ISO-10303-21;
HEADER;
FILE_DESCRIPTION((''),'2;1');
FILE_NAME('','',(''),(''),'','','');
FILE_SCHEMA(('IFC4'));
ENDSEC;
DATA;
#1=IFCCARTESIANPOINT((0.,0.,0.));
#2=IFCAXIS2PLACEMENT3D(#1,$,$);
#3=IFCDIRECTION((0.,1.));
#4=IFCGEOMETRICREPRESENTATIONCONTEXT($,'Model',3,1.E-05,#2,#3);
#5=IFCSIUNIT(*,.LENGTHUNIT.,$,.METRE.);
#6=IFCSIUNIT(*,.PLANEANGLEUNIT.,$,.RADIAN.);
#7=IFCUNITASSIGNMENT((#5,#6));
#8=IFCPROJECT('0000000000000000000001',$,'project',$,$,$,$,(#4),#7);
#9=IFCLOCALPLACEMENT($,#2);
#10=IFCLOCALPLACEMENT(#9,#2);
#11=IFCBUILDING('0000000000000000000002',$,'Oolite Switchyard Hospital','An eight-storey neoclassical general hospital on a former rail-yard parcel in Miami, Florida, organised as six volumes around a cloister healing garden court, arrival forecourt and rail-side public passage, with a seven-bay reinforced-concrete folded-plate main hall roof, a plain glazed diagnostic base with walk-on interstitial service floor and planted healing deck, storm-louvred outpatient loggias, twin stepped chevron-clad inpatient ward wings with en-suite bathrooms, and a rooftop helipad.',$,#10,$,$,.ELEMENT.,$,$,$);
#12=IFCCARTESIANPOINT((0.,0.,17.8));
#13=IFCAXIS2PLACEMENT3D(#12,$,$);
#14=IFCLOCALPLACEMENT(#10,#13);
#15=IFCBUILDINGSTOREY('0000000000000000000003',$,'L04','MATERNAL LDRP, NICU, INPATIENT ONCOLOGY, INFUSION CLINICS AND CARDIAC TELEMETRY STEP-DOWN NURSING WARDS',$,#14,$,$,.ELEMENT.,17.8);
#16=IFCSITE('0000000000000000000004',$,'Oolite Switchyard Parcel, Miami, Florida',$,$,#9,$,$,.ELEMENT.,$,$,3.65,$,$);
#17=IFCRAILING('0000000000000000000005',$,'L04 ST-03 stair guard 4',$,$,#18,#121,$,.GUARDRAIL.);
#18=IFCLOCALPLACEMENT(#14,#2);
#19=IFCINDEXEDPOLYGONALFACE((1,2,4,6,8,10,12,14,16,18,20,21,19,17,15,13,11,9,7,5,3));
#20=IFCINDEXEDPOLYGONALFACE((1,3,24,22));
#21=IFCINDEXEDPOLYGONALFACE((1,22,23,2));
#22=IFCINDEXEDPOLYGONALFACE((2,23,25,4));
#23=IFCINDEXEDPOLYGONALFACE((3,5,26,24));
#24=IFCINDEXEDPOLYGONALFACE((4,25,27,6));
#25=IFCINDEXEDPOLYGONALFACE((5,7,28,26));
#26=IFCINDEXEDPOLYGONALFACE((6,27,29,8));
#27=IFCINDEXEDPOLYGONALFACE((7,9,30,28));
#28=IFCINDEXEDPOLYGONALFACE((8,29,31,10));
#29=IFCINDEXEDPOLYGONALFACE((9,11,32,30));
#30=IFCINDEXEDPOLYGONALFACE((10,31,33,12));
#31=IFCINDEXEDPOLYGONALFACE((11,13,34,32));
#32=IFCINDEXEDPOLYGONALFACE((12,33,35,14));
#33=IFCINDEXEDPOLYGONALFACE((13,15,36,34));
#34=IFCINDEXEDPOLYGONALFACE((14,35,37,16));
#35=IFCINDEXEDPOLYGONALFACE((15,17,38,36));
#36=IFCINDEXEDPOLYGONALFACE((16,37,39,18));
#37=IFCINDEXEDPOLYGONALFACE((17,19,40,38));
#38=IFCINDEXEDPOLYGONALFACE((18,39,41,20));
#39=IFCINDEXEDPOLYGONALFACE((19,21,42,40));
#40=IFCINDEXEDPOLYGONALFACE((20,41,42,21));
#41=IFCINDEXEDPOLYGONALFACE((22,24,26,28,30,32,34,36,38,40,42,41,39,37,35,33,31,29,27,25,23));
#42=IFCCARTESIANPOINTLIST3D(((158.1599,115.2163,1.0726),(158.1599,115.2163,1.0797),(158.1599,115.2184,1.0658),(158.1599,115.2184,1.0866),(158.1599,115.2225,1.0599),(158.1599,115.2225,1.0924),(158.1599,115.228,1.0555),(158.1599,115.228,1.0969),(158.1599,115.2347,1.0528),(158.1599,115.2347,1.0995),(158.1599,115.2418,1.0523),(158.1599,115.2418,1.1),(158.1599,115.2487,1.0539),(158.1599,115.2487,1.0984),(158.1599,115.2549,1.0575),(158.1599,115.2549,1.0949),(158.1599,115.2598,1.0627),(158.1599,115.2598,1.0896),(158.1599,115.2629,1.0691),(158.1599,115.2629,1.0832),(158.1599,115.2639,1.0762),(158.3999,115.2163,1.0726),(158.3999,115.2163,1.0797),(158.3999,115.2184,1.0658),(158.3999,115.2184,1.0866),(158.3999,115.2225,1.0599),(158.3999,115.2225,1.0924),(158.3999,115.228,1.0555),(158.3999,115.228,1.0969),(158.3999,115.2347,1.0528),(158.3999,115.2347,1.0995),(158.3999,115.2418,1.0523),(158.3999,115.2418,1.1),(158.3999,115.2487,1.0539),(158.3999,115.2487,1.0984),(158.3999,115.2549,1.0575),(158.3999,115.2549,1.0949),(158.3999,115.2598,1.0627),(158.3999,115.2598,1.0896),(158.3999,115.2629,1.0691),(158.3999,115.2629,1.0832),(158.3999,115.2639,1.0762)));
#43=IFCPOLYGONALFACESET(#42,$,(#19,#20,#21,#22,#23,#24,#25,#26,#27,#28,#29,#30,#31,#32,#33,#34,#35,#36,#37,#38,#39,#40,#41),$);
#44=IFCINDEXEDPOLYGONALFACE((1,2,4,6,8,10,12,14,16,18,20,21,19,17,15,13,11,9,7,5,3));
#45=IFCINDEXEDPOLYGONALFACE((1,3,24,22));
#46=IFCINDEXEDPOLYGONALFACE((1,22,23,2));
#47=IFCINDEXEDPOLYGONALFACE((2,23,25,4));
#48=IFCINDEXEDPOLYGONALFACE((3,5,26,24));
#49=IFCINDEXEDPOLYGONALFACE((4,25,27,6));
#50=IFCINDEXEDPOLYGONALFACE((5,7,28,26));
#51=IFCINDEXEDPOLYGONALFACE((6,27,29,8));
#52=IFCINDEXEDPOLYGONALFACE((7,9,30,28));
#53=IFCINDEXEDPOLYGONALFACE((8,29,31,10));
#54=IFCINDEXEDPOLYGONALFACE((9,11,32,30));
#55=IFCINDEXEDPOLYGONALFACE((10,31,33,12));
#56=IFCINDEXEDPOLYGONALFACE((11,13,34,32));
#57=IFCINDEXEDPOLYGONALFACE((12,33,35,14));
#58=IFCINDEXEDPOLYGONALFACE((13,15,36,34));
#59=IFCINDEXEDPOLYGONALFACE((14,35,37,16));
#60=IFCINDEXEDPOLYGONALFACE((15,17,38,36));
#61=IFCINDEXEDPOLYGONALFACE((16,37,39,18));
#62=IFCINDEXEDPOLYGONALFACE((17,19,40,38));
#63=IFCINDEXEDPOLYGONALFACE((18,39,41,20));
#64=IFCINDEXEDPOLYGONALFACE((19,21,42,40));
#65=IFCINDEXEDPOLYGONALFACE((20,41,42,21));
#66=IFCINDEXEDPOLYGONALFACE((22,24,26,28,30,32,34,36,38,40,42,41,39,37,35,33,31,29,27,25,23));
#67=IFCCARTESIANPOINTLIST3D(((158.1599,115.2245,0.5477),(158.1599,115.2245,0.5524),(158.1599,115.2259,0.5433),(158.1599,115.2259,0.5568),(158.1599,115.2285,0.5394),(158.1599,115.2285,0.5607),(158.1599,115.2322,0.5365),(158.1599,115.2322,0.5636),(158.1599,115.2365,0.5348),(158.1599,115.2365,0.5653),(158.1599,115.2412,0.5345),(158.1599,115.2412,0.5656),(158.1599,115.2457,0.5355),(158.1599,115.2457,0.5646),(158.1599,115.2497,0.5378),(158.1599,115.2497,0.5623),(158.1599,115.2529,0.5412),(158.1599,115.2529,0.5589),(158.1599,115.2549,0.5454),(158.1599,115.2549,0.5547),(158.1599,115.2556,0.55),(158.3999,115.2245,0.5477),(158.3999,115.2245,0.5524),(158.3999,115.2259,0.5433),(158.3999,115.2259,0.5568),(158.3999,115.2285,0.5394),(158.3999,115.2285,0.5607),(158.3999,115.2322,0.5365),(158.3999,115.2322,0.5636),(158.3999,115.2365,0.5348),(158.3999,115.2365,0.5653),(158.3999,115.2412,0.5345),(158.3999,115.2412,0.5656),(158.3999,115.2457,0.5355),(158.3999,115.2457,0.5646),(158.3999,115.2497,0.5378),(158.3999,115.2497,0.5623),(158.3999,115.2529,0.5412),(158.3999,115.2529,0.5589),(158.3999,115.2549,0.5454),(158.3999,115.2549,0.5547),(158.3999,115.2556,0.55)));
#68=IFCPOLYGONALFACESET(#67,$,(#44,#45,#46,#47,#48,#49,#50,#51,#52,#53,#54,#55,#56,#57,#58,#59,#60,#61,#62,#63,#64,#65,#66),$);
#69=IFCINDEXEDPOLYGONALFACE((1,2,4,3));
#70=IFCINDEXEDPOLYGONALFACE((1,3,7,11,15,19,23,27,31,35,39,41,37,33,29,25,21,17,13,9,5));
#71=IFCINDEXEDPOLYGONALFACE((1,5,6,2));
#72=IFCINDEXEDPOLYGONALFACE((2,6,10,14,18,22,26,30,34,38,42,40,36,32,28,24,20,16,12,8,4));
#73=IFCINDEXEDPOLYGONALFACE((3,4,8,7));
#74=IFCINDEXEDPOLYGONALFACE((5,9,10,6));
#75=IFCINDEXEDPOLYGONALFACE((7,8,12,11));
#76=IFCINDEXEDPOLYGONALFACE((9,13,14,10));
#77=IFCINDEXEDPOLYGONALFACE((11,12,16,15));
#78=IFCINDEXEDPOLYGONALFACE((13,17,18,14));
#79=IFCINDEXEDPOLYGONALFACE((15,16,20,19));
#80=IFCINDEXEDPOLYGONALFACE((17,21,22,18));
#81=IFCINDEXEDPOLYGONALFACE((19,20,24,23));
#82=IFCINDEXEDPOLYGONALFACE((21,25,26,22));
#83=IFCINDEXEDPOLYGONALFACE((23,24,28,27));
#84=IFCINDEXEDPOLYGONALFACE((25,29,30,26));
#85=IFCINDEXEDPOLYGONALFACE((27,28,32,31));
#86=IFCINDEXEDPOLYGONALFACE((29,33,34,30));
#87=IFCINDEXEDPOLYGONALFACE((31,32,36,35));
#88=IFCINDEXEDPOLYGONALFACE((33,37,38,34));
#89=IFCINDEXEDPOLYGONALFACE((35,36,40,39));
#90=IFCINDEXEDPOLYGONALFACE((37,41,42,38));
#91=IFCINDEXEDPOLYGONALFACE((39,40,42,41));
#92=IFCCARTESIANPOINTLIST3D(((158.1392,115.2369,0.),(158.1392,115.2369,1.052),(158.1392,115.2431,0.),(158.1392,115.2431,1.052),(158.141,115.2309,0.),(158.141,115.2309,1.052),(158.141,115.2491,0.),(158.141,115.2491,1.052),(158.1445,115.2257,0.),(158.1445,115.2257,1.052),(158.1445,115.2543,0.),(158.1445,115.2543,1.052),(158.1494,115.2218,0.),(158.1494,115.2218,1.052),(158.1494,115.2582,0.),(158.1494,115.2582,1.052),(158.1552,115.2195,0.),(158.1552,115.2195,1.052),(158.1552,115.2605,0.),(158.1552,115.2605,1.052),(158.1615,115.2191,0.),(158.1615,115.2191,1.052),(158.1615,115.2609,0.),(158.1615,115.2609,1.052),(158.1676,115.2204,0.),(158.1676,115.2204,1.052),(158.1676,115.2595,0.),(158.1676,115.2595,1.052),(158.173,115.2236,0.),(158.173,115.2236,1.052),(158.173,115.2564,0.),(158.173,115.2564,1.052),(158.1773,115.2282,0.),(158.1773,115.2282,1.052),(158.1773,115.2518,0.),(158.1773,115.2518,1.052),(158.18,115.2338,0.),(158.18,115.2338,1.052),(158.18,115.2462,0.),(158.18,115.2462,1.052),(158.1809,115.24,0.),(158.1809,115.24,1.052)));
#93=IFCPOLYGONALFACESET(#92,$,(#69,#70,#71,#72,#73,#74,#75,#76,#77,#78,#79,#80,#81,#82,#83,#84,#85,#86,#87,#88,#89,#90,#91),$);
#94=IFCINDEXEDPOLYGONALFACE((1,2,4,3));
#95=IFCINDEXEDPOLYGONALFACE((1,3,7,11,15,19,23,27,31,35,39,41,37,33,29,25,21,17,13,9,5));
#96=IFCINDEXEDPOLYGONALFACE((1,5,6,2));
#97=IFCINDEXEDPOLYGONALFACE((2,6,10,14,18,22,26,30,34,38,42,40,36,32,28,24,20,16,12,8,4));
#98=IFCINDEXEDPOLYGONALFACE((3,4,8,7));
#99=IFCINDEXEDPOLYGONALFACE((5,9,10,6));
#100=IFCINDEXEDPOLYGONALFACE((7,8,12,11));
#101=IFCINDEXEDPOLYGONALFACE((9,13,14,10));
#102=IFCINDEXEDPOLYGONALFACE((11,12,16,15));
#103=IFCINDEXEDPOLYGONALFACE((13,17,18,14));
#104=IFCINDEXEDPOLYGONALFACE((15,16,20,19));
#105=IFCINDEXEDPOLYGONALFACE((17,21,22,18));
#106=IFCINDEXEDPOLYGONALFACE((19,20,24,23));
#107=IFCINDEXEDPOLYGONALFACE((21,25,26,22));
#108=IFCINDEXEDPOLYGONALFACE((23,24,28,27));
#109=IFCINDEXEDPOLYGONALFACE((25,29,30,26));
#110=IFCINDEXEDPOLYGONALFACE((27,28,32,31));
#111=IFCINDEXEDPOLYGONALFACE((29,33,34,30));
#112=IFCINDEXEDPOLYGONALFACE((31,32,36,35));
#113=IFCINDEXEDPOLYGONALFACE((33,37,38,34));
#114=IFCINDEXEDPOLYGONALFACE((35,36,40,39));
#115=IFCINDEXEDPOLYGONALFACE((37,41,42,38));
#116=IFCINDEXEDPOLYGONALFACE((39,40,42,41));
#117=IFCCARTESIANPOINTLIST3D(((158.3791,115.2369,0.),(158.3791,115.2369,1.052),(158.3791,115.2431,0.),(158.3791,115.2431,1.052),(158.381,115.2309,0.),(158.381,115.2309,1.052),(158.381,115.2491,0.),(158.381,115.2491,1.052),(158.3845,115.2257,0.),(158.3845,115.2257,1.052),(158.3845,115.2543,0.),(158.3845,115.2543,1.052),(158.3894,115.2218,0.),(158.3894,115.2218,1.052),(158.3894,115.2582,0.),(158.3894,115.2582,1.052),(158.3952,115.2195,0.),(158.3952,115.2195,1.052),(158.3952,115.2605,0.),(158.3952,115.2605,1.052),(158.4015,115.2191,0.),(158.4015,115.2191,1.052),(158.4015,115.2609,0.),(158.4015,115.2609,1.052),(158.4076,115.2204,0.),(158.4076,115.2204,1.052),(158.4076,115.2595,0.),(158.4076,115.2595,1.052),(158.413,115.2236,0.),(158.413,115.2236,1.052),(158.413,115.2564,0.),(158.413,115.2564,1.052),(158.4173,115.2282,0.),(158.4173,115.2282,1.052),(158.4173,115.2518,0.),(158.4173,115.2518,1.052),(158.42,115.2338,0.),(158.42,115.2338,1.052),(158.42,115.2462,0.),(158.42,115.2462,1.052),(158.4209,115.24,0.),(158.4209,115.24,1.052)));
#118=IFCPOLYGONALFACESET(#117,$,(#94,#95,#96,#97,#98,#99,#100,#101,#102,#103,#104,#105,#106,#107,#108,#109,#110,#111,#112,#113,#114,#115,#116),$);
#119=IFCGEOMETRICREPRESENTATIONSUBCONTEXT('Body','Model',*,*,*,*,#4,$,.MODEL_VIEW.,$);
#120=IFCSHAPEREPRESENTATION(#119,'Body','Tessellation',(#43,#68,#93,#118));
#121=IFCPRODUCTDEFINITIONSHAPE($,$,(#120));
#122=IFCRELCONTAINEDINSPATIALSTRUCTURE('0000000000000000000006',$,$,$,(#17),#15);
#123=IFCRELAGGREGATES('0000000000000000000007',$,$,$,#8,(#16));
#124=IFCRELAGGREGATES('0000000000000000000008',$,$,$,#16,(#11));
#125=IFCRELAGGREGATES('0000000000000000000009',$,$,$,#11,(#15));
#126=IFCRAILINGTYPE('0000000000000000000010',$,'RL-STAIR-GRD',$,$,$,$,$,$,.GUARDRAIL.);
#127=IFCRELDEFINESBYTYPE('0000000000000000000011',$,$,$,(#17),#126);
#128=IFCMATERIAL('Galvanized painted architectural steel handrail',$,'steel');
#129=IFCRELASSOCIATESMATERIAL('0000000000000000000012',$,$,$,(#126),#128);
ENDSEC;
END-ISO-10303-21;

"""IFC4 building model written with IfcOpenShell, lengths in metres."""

from ifc_helpers import new_model, si_unit, direction, frame, origin, origin_2d, place, context, subcontext, project, spatial, circle, extrude, material, type_object, element, save


model = new_model("IFC4")

# Units and contexts
model_context = context("Model", 3, precision=1e-05, world=origin(), true_north=direction((0.0, 1.0)))
body_context = subcontext(model_context, "Body", "Model", "MODEL_VIEW")
ifc_project = project(units=[si_unit("LENGTHUNIT", "METRE"), si_unit("PLANEANGLEUNIT", "RADIAN")], contexts=[model_context])

# Site, building, storey
site_placement = place(None, origin())
site = spatial("IfcSite", under=ifc_project, at=site_placement, Name="Oolite Switchyard Parcel, Miami, Florida", CompositionType="ELEMENT", RefElevation=3.65)
building_placement = place(site_placement, origin())
building = spatial("IfcBuilding", under=site, at=building_placement, Name="Oolite Switchyard Hospital", Description="An eight-storey neoclassical general hospital on a former rail-yard parcel in Miami, Florida, organised as six volumes around a cloister healing garden court, arrival forecourt and rail-side public passage, with a seven-bay reinforced-concrete folded-plate main hall roof, a plain glazed diagnostic base with walk-on interstitial service floor and planted healing deck, storm-louvred outpatient loggias, twin stepped chevron-clad inpatient ward wings with en-suite bathrooms, and a rooftop helipad.", CompositionType="ELEMENT")
storey_placement = place(building_placement, frame((0.0, 0.0, 17.8)))
storey = spatial("IfcBuildingStorey", under=building, at=storey_placement, Name="L04", Description="MATERNAL LDRP, NICU, INPATIENT ONCOLOGY, INFUSION CLINICS AND CARDIAC TELEMETRY STEP-DOWN NURSING WARDS", CompositionType="ELEMENT", Elevation=17.8)

# Railing
ifc_material_1 = material(Name="Galvanized painted architectural steel handrail", Category="steel")
railing_type_1 = type_object("IfcRailingType", Name="RL-STAIR-GRD", PredefinedType="GUARDRAIL", material=ifc_material_1)
railing_1_placement = place(storey_placement, frame((158.1599, 115.24, 0.0)))
element("IfcRailing", 1, at=railing_1_placement, inside=storey, type_object=railing_type_1, Name="L04 ST-03 stair guard 4", PredefinedType="GUARDRAIL", context=body_context, shape_type="SweptSolid", body=[
    extrude(circle(Radius=0.0239, at=origin_2d()), frame((0.0, 0.0, 1.0762), z_axis=(1.0, 0.0, 0.0), x_axis=(0.0, 1.0, 0.0)), (0.0, 0.0, 1.0), 0.24),
    extrude(circle(Radius=0.0156, at=origin_2d()), frame((0.0, 0.0, 0.55), z_axis=(1.0, 0.0, 0.0), x_axis=(0.0, 1.0, 0.0)), (0.0, 0.0, 1.0), 0.24),
    extrude(circle(Radius=0.021, at=origin_2d()), origin(), (0.0, 0.0, 1.0), 1.052),
    extrude(circle(Radius=0.021, at=origin_2d()), frame((0.24, 0.0, 0.0)), (0.0, 0.0, 1.0), 1.052),
])

save(model, "model.ifc")
